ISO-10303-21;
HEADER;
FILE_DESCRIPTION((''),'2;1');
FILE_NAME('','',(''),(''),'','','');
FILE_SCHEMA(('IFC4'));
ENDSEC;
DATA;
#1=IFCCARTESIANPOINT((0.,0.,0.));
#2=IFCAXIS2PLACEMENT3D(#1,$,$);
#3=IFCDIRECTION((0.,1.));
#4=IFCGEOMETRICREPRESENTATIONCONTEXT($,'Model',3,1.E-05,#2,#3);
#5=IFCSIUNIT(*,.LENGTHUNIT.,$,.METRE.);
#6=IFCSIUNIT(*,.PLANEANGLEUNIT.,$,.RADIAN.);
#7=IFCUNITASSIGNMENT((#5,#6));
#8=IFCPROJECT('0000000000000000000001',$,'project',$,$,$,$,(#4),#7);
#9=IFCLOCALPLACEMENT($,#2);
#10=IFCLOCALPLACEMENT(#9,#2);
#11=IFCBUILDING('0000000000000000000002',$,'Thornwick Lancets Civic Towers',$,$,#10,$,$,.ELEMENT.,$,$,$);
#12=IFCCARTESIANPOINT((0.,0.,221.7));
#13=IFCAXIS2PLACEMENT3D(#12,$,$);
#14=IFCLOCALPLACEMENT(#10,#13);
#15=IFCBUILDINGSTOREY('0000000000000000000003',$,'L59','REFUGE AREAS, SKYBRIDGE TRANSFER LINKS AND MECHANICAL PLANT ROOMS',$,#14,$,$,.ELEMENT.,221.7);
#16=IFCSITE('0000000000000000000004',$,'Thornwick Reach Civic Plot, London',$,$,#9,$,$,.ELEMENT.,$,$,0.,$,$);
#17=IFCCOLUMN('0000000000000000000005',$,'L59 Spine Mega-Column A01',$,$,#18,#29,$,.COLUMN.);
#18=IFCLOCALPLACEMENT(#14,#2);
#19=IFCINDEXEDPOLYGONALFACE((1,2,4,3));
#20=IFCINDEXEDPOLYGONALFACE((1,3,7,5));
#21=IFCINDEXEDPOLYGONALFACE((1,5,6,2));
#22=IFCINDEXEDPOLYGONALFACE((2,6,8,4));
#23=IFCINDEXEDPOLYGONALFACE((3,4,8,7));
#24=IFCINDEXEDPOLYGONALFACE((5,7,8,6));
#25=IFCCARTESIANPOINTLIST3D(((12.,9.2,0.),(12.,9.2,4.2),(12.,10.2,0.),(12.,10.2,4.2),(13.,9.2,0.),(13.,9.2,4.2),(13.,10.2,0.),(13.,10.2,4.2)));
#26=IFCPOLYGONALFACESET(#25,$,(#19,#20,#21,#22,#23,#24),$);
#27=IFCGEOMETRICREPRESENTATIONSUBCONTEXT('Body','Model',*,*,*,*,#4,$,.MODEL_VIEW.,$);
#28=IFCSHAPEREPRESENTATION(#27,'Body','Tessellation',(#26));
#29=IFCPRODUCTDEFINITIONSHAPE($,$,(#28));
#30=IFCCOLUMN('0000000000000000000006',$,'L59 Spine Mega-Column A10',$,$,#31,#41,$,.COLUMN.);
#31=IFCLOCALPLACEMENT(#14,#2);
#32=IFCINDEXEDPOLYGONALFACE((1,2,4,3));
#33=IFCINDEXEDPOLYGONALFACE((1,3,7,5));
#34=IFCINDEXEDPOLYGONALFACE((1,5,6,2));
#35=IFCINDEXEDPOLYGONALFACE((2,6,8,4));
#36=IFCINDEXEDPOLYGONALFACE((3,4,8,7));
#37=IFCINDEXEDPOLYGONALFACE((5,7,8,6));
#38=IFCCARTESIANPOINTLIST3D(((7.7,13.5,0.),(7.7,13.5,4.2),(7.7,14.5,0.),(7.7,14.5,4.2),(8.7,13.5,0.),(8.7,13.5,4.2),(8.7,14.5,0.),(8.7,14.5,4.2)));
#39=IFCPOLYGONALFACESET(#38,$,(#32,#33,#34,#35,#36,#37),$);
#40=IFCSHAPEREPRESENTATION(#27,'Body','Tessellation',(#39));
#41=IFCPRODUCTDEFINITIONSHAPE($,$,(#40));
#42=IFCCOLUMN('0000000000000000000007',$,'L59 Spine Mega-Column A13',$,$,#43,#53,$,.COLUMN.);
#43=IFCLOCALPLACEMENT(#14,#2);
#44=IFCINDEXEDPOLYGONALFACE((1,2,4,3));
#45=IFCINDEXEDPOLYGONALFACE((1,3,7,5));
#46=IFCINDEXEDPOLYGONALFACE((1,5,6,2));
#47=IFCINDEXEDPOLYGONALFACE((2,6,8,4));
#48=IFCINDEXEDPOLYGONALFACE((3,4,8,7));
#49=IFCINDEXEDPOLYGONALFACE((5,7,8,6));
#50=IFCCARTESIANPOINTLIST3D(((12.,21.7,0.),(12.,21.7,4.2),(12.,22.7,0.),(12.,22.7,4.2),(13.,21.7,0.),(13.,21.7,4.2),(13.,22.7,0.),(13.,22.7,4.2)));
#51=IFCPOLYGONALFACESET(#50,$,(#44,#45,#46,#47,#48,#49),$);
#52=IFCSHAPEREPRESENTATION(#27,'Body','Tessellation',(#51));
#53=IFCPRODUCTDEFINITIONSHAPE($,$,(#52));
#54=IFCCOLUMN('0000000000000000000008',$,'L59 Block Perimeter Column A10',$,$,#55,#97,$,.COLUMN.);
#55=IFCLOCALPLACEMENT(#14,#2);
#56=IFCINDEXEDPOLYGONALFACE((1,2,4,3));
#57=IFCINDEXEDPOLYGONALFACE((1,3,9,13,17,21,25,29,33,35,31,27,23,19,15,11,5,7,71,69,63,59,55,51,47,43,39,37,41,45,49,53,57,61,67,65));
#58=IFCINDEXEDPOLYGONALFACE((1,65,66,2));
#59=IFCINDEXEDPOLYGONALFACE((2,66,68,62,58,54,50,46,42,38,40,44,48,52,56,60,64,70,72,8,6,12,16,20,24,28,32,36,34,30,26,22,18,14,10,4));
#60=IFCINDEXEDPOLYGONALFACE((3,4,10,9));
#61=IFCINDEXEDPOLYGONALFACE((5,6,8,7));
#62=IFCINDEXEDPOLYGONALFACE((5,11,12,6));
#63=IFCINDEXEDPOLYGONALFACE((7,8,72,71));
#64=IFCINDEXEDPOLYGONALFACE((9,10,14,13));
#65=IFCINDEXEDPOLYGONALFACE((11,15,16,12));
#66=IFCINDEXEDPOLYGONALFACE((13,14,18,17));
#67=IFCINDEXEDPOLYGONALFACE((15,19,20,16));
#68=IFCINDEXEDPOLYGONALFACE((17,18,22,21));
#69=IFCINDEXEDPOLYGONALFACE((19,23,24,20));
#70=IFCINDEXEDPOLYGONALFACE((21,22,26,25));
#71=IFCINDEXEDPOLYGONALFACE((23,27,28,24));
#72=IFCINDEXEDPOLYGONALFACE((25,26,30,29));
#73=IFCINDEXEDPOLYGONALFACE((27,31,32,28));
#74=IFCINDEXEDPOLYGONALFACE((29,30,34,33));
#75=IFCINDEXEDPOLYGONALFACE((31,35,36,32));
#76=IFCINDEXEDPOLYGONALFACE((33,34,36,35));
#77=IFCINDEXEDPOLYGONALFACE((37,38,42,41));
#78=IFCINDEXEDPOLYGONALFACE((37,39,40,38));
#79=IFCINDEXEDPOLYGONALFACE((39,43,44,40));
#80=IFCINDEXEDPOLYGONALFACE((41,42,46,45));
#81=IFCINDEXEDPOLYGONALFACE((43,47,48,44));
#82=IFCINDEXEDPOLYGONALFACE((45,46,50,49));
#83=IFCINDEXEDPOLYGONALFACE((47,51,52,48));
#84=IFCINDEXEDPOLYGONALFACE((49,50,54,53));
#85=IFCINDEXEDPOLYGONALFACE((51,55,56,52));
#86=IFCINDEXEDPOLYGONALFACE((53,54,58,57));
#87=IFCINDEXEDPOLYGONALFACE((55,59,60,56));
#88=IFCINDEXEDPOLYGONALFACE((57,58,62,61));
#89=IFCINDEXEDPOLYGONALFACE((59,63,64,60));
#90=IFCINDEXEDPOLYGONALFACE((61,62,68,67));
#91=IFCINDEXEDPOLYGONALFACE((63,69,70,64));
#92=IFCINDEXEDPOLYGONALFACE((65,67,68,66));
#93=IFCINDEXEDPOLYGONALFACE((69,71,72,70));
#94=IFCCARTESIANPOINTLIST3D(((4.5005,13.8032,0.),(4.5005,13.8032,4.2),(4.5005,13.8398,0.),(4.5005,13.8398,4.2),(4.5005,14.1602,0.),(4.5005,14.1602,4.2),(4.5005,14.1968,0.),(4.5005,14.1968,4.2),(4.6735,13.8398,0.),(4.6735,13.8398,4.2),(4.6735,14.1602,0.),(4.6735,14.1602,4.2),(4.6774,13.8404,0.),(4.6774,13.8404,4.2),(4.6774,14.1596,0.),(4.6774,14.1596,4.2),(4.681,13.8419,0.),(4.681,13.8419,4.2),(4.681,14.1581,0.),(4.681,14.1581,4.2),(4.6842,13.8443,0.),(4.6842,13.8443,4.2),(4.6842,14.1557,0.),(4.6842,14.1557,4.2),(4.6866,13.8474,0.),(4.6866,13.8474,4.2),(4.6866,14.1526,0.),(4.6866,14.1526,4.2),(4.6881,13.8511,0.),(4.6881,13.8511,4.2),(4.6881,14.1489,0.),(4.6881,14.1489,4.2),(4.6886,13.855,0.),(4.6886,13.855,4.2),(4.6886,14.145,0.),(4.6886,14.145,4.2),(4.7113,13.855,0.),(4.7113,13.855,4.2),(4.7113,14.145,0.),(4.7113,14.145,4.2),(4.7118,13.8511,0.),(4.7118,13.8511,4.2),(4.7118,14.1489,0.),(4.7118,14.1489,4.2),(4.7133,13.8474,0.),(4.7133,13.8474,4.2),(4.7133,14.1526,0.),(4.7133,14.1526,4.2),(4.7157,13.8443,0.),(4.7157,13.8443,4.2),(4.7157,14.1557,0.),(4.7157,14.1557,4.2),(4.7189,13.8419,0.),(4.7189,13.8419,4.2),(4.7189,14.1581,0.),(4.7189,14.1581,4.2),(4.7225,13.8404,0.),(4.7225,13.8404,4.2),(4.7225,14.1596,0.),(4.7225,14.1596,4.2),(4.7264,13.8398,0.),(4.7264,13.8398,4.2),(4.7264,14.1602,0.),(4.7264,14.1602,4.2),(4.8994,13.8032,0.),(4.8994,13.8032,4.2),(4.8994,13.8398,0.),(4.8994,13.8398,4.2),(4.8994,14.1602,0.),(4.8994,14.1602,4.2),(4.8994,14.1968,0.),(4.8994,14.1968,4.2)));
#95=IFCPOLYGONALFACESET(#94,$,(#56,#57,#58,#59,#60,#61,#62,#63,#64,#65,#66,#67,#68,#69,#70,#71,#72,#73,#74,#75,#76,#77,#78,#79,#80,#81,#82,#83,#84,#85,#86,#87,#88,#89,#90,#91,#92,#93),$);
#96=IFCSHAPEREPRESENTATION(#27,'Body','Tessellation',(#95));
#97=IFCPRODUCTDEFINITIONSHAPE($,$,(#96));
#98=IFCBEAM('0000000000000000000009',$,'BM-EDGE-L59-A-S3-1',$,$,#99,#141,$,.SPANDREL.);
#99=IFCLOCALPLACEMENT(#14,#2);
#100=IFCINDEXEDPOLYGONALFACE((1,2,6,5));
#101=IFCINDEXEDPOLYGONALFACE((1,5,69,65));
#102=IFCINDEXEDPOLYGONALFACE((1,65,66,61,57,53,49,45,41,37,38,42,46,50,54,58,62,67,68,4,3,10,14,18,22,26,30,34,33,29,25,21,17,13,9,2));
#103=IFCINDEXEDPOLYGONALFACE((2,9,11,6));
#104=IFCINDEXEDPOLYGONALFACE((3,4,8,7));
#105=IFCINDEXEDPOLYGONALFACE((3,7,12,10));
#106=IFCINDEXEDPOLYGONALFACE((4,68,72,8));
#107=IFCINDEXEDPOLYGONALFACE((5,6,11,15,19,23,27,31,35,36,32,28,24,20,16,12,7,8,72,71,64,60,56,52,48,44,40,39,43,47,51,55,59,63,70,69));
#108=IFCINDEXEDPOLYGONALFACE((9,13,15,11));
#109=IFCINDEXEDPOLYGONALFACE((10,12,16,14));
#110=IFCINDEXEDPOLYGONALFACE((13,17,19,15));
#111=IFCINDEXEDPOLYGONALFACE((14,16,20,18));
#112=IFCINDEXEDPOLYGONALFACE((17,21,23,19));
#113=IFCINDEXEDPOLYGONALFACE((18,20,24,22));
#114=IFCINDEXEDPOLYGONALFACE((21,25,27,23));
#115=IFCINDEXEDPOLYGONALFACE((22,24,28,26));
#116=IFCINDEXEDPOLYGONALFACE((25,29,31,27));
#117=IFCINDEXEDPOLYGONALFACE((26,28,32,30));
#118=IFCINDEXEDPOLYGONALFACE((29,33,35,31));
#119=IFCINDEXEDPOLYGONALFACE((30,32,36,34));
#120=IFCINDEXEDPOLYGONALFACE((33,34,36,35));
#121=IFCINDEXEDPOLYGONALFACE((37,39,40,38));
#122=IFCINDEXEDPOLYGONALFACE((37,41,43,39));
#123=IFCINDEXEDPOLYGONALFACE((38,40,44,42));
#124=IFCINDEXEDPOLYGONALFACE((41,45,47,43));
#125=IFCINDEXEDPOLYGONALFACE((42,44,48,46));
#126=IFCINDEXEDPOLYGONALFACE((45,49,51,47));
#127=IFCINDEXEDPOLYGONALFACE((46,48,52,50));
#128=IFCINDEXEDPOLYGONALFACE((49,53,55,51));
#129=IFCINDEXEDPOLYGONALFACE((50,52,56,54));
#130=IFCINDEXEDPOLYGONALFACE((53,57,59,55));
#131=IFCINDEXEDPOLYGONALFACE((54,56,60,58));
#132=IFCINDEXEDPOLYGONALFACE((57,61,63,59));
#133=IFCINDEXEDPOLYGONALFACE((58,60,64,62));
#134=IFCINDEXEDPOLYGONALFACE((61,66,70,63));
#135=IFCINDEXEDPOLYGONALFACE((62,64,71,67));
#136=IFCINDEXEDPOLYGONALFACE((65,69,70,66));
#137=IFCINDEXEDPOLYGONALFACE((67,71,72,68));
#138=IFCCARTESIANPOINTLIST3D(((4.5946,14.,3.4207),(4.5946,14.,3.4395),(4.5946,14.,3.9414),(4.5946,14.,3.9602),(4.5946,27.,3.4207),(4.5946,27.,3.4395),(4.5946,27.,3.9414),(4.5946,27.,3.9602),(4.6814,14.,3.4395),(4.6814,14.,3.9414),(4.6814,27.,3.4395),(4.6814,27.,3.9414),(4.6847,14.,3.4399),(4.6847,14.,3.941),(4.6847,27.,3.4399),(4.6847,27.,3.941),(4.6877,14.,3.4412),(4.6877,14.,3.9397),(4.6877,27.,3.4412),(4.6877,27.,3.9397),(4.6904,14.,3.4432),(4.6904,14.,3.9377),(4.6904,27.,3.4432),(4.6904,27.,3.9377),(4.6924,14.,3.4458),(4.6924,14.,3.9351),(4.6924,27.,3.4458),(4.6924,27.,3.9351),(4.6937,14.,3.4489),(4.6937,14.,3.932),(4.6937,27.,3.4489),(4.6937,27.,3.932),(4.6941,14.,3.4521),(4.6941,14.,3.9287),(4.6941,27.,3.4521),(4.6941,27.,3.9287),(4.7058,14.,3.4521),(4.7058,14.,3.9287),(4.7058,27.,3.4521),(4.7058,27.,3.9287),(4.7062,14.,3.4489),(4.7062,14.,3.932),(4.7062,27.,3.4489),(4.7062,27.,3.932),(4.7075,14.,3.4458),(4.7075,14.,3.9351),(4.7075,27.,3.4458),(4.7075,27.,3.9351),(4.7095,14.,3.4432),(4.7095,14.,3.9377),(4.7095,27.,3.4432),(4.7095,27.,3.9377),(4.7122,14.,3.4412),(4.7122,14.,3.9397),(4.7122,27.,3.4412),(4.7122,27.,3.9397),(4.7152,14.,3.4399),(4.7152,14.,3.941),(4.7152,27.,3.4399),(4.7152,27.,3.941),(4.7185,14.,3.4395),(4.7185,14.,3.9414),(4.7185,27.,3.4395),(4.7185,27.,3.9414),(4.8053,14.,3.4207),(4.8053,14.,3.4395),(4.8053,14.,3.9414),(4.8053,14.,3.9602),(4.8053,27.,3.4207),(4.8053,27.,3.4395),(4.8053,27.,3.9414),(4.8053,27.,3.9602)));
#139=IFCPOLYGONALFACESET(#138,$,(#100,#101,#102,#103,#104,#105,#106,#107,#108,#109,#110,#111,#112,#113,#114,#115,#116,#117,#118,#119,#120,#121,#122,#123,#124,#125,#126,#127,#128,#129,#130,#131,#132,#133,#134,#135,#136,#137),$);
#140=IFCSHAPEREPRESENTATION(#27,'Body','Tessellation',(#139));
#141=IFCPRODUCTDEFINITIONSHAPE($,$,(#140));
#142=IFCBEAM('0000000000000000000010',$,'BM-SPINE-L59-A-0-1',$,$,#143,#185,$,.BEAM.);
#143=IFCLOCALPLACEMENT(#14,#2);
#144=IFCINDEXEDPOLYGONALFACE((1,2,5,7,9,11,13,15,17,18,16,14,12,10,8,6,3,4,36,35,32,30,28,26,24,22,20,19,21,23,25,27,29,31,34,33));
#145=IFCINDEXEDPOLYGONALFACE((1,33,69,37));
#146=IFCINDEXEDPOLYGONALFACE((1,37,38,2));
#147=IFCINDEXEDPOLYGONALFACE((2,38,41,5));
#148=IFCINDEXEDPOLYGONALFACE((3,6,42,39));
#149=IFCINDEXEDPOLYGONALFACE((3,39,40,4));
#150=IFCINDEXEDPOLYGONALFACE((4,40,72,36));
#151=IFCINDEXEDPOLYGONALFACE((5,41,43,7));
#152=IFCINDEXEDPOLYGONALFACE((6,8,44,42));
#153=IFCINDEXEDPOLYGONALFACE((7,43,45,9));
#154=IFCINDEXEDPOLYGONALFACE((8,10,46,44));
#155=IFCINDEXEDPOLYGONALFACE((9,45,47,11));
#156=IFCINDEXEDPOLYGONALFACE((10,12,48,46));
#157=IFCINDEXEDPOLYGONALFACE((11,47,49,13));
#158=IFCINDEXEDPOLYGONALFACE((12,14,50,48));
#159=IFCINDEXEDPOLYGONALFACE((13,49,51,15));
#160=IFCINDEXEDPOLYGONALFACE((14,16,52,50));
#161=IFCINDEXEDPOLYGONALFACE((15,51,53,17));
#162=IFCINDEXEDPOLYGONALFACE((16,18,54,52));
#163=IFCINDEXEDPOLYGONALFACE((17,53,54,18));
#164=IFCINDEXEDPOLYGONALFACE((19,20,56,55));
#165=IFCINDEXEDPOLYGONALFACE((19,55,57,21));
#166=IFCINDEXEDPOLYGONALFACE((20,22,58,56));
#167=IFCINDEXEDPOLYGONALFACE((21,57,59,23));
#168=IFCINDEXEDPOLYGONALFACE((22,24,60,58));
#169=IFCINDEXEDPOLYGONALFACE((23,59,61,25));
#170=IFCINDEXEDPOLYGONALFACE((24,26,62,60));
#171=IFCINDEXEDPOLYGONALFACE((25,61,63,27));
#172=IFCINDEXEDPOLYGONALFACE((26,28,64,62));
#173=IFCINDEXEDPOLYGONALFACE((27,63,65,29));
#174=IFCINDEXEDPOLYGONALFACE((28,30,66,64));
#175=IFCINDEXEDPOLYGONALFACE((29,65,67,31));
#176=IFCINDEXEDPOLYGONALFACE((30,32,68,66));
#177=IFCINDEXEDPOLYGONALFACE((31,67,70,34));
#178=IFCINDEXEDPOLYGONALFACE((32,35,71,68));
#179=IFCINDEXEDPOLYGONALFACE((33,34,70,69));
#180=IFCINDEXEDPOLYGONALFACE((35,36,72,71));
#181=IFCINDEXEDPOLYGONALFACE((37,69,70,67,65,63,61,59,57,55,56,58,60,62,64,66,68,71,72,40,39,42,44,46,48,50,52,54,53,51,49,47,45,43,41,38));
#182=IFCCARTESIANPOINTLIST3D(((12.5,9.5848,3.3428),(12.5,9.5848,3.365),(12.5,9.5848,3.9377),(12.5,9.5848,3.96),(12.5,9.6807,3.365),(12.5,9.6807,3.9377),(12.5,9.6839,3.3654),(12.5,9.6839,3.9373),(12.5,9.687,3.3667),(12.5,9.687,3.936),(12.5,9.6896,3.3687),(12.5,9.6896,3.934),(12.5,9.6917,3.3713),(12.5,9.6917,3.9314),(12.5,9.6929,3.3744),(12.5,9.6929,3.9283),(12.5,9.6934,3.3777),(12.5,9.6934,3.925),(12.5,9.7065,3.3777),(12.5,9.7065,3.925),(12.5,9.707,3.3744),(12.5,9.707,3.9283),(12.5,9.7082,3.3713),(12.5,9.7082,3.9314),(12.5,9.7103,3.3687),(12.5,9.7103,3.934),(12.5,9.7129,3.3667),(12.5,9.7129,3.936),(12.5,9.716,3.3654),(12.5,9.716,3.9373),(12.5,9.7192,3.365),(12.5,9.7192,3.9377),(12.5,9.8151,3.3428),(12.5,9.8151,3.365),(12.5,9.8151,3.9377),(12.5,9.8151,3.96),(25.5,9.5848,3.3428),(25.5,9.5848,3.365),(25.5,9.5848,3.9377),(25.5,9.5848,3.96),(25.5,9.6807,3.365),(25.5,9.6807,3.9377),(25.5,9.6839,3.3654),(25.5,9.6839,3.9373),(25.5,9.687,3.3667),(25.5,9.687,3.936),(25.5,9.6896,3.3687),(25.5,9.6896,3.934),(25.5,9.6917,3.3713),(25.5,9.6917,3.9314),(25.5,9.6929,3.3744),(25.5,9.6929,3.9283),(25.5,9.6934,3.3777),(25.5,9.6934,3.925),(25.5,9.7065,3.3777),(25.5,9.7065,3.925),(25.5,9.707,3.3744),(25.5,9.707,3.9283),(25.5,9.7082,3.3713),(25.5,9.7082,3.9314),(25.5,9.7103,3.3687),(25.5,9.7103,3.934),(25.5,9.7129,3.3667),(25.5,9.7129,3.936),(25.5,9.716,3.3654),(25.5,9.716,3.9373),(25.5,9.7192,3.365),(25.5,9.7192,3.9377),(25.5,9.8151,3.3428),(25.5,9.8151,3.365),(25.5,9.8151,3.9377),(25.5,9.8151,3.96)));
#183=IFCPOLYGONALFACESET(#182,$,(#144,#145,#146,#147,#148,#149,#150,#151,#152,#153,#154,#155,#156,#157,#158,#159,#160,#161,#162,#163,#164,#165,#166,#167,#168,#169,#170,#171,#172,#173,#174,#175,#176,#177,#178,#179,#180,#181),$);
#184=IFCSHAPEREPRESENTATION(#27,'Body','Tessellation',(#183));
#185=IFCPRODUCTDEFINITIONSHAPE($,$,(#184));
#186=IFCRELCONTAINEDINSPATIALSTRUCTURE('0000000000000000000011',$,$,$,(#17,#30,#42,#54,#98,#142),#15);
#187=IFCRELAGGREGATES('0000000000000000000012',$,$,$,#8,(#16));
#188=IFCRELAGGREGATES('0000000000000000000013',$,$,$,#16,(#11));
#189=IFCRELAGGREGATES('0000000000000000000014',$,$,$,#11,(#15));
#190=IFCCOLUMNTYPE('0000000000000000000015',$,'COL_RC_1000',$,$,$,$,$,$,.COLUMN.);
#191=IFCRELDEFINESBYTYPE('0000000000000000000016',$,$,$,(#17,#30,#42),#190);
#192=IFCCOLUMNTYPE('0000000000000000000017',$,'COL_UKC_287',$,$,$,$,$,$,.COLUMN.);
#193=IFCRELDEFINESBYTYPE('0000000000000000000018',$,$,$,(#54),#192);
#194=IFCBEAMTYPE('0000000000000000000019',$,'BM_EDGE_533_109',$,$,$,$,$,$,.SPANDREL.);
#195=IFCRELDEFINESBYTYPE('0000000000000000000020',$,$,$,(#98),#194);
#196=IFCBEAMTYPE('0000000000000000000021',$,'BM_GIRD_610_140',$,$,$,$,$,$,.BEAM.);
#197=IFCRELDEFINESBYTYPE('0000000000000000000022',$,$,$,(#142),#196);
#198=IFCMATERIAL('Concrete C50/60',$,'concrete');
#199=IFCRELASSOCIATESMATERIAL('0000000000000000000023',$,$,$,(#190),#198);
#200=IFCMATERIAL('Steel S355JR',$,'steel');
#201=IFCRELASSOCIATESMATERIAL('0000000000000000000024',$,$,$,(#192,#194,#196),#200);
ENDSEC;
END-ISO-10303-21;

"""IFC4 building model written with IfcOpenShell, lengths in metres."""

from ifc_helpers import new_model, si_unit, direction, frame, origin, origin_2d, place, context, subcontext, project, spatial, rectangle, i_section, extrude, material, material_profile, profile_set, type_object, element, save


model = new_model("IFC4")

# Units and contexts
model_context = context("Model", 3, precision=1e-05, world=origin(), true_north=direction((0.0, 1.0)))
body_context = subcontext(model_context, "Body", "Model", "MODEL_VIEW")
ifc_project = project(units=[si_unit("LENGTHUNIT", "METRE"), si_unit("PLANEANGLEUNIT", "RADIAN")], contexts=[model_context])

# Site, building, storey
site_placement = place(None, origin())
site = spatial("IfcSite", under=ifc_project, at=site_placement, Name="Thornwick Reach Civic Plot, London", CompositionType="ELEMENT", RefElevation=0.0)
building_placement = place(site_placement, origin())
building = spatial("IfcBuilding", under=site, at=building_placement, Name="Thornwick Lancets Civic Towers", CompositionType="ELEMENT")
storey_placement = place(building_placement, frame((0.0, 0.0, 221.7)))
storey = spatial("IfcBuildingStorey", under=building, at=storey_placement, Name="L59", Description="REFUGE AREAS, SKYBRIDGE TRANSFER LINKS AND MECHANICAL PLANT ROOMS", CompositionType="ELEMENT", Elevation=221.7)

# Columns
ifc_material_1 = material(Name="Concrete C50/60", Category="concrete")
ifc_material_profile_1 = material_profile(ifc_material_1, rectangle(XDim=1.0, YDim=1.0, at=origin_2d()), Name="RC 1000x1000")
ifc_profile_set_1 = profile_set([ifc_material_profile_1], Name="Concrete C50/60")
column_type_1 = type_object("IfcColumnType", Name="COL_RC_1000", PredefinedType="COLUMN", material=ifc_profile_set_1)
for number, where, z_axis, x_axis, name in (
    (1, (12.5, 9.7, 0.0), (0.0, 0.0, 1.0), (1.0, 0.0, 0.0), "L59 Spine Mega-Column A01"),
    (2, (8.2, 14.0, 0.0), (0.0, 0.0, 1.0), (1.0, 0.0, 0.0), "L59 Spine Mega-Column A10"),
    (3, (12.5, 22.2, 0.0), (0.0, 0.0, 1.0), (1.0, 0.0, 0.0), "L59 Spine Mega-Column A13"),
):
    element("IfcColumn", number, at=place(storey_placement, frame(where, z_axis=z_axis, x_axis=x_axis)), inside=storey, type_object=column_type_1, Name=name, PredefinedType="COLUMN", context=body_context, shape_type="SweptSolid", body=[
        extrude(rectangle(XDim=1.0, YDim=1.0, at=origin_2d()), origin(), (0.0, 0.0, 1.0), 4.2),
    ])
ifc_material_2 = material(Name="Steel S355JR", Category="steel")
ifc_material_profile_2 = material_profile(ifc_material_2, i_section(OverallWidth=0.3989, OverallDepth=0.3936, WebThickness=0.0227, FlangeThickness=0.0366, FilletRadius=0.0151, at=origin_2d()), Name="UKC 356x406x287")
ifc_profile_set_2 = profile_set([ifc_material_profile_2], Name="Steel S355JR")
column_type_2 = type_object("IfcColumnType", Name="COL_UKC_287", PredefinedType="COLUMN", material=ifc_profile_set_2)
column_placement = place(storey_placement, frame((4.7, 14.0, 0.0), z_axis=(0.0, 0.0, 1.0), x_axis=(1.0, 0.0, 0.0)))
element("IfcColumn", 4, at=column_placement, inside=storey, type_object=column_type_2, Name="L59 Block Perimeter Column A10", PredefinedType="COLUMN", context=body_context, shape_type="SweptSolid", body=[
    extrude(i_section(OverallWidth=0.3989, OverallDepth=0.3936, WebThickness=0.0227, FlangeThickness=0.0366, FilletRadius=0.0151, at=origin_2d()), origin(), (0.0, 0.0, 1.0), 4.2),
])

# Beams
ifc_material_profile_3 = material_profile(ifc_material_2, i_section(OverallWidth=0.2107, OverallDepth=0.5396, WebThickness=0.0117, FlangeThickness=0.0188, FilletRadius=0.0127, at=origin_2d()), Name="UKB 533x210x109")
ifc_profile_set_3 = profile_set([ifc_material_profile_3], Name="Steel S355JR")
beam_type_1 = type_object("IfcBeamType", Name="BM_EDGE_533_109", PredefinedType="SPANDREL", material=ifc_profile_set_3)
beam_1_placement = place(storey_placement, frame((4.7, 14.0, 3.6904), z_axis=(0.0, 1.0, 0.0), x_axis=(-1.0, 0.0, 0.0)))
element("IfcBeam", 5, at=beam_1_placement, inside=storey, type_object=beam_type_1, Name="BM-EDGE-L59-A-S3-1", PredefinedType="SPANDREL", context=body_context, shape_type="SweptSolid", body=[
    extrude(i_section(OverallWidth=0.2107, OverallDepth=0.5396, WebThickness=0.0117, FlangeThickness=0.0188, FilletRadius=0.0127, at=origin_2d()), origin(), (0.0, 0.0, 1.0), 13.0),
])
ifc_material_profile_4 = material_profile(ifc_material_2, i_section(OverallWidth=0.2302, OverallDepth=0.6172, WebThickness=0.0132, FlangeThickness=0.0222, FilletRadius=0.0127, at=origin_2d()), Name="UKB 610x229x140")
ifc_profile_set_4 = profile_set([ifc_material_profile_4], Name="Steel S355JR")
beam_type_2 = type_object("IfcBeamType", Name="BM_GIRD_610_140", PredefinedType="BEAM", material=ifc_profile_set_4)
for number, where, z_axis, x_axis, name in (
    (6, (12.5, 9.7, 3.6514), (1.0, 0.0, 0.0), (0.0, 1.0, 0.0), "BM-SPINE-L59-A-0-1"),
):
    element("IfcBeam", number, at=place(storey_placement, frame(where, z_axis=z_axis, x_axis=x_axis)), inside=storey, type_object=beam_type_2, Name=name, PredefinedType="BEAM", context=body_context, shape_type="SweptSolid", body=[
        extrude(i_section(OverallWidth=0.2302, OverallDepth=0.6172, WebThickness=0.0132, FlangeThickness=0.0222, FilletRadius=0.0127, at=origin_2d()), origin(), (0.0, 0.0, 1.0), 13.0),
    ])

save(model, "model.ifc")
